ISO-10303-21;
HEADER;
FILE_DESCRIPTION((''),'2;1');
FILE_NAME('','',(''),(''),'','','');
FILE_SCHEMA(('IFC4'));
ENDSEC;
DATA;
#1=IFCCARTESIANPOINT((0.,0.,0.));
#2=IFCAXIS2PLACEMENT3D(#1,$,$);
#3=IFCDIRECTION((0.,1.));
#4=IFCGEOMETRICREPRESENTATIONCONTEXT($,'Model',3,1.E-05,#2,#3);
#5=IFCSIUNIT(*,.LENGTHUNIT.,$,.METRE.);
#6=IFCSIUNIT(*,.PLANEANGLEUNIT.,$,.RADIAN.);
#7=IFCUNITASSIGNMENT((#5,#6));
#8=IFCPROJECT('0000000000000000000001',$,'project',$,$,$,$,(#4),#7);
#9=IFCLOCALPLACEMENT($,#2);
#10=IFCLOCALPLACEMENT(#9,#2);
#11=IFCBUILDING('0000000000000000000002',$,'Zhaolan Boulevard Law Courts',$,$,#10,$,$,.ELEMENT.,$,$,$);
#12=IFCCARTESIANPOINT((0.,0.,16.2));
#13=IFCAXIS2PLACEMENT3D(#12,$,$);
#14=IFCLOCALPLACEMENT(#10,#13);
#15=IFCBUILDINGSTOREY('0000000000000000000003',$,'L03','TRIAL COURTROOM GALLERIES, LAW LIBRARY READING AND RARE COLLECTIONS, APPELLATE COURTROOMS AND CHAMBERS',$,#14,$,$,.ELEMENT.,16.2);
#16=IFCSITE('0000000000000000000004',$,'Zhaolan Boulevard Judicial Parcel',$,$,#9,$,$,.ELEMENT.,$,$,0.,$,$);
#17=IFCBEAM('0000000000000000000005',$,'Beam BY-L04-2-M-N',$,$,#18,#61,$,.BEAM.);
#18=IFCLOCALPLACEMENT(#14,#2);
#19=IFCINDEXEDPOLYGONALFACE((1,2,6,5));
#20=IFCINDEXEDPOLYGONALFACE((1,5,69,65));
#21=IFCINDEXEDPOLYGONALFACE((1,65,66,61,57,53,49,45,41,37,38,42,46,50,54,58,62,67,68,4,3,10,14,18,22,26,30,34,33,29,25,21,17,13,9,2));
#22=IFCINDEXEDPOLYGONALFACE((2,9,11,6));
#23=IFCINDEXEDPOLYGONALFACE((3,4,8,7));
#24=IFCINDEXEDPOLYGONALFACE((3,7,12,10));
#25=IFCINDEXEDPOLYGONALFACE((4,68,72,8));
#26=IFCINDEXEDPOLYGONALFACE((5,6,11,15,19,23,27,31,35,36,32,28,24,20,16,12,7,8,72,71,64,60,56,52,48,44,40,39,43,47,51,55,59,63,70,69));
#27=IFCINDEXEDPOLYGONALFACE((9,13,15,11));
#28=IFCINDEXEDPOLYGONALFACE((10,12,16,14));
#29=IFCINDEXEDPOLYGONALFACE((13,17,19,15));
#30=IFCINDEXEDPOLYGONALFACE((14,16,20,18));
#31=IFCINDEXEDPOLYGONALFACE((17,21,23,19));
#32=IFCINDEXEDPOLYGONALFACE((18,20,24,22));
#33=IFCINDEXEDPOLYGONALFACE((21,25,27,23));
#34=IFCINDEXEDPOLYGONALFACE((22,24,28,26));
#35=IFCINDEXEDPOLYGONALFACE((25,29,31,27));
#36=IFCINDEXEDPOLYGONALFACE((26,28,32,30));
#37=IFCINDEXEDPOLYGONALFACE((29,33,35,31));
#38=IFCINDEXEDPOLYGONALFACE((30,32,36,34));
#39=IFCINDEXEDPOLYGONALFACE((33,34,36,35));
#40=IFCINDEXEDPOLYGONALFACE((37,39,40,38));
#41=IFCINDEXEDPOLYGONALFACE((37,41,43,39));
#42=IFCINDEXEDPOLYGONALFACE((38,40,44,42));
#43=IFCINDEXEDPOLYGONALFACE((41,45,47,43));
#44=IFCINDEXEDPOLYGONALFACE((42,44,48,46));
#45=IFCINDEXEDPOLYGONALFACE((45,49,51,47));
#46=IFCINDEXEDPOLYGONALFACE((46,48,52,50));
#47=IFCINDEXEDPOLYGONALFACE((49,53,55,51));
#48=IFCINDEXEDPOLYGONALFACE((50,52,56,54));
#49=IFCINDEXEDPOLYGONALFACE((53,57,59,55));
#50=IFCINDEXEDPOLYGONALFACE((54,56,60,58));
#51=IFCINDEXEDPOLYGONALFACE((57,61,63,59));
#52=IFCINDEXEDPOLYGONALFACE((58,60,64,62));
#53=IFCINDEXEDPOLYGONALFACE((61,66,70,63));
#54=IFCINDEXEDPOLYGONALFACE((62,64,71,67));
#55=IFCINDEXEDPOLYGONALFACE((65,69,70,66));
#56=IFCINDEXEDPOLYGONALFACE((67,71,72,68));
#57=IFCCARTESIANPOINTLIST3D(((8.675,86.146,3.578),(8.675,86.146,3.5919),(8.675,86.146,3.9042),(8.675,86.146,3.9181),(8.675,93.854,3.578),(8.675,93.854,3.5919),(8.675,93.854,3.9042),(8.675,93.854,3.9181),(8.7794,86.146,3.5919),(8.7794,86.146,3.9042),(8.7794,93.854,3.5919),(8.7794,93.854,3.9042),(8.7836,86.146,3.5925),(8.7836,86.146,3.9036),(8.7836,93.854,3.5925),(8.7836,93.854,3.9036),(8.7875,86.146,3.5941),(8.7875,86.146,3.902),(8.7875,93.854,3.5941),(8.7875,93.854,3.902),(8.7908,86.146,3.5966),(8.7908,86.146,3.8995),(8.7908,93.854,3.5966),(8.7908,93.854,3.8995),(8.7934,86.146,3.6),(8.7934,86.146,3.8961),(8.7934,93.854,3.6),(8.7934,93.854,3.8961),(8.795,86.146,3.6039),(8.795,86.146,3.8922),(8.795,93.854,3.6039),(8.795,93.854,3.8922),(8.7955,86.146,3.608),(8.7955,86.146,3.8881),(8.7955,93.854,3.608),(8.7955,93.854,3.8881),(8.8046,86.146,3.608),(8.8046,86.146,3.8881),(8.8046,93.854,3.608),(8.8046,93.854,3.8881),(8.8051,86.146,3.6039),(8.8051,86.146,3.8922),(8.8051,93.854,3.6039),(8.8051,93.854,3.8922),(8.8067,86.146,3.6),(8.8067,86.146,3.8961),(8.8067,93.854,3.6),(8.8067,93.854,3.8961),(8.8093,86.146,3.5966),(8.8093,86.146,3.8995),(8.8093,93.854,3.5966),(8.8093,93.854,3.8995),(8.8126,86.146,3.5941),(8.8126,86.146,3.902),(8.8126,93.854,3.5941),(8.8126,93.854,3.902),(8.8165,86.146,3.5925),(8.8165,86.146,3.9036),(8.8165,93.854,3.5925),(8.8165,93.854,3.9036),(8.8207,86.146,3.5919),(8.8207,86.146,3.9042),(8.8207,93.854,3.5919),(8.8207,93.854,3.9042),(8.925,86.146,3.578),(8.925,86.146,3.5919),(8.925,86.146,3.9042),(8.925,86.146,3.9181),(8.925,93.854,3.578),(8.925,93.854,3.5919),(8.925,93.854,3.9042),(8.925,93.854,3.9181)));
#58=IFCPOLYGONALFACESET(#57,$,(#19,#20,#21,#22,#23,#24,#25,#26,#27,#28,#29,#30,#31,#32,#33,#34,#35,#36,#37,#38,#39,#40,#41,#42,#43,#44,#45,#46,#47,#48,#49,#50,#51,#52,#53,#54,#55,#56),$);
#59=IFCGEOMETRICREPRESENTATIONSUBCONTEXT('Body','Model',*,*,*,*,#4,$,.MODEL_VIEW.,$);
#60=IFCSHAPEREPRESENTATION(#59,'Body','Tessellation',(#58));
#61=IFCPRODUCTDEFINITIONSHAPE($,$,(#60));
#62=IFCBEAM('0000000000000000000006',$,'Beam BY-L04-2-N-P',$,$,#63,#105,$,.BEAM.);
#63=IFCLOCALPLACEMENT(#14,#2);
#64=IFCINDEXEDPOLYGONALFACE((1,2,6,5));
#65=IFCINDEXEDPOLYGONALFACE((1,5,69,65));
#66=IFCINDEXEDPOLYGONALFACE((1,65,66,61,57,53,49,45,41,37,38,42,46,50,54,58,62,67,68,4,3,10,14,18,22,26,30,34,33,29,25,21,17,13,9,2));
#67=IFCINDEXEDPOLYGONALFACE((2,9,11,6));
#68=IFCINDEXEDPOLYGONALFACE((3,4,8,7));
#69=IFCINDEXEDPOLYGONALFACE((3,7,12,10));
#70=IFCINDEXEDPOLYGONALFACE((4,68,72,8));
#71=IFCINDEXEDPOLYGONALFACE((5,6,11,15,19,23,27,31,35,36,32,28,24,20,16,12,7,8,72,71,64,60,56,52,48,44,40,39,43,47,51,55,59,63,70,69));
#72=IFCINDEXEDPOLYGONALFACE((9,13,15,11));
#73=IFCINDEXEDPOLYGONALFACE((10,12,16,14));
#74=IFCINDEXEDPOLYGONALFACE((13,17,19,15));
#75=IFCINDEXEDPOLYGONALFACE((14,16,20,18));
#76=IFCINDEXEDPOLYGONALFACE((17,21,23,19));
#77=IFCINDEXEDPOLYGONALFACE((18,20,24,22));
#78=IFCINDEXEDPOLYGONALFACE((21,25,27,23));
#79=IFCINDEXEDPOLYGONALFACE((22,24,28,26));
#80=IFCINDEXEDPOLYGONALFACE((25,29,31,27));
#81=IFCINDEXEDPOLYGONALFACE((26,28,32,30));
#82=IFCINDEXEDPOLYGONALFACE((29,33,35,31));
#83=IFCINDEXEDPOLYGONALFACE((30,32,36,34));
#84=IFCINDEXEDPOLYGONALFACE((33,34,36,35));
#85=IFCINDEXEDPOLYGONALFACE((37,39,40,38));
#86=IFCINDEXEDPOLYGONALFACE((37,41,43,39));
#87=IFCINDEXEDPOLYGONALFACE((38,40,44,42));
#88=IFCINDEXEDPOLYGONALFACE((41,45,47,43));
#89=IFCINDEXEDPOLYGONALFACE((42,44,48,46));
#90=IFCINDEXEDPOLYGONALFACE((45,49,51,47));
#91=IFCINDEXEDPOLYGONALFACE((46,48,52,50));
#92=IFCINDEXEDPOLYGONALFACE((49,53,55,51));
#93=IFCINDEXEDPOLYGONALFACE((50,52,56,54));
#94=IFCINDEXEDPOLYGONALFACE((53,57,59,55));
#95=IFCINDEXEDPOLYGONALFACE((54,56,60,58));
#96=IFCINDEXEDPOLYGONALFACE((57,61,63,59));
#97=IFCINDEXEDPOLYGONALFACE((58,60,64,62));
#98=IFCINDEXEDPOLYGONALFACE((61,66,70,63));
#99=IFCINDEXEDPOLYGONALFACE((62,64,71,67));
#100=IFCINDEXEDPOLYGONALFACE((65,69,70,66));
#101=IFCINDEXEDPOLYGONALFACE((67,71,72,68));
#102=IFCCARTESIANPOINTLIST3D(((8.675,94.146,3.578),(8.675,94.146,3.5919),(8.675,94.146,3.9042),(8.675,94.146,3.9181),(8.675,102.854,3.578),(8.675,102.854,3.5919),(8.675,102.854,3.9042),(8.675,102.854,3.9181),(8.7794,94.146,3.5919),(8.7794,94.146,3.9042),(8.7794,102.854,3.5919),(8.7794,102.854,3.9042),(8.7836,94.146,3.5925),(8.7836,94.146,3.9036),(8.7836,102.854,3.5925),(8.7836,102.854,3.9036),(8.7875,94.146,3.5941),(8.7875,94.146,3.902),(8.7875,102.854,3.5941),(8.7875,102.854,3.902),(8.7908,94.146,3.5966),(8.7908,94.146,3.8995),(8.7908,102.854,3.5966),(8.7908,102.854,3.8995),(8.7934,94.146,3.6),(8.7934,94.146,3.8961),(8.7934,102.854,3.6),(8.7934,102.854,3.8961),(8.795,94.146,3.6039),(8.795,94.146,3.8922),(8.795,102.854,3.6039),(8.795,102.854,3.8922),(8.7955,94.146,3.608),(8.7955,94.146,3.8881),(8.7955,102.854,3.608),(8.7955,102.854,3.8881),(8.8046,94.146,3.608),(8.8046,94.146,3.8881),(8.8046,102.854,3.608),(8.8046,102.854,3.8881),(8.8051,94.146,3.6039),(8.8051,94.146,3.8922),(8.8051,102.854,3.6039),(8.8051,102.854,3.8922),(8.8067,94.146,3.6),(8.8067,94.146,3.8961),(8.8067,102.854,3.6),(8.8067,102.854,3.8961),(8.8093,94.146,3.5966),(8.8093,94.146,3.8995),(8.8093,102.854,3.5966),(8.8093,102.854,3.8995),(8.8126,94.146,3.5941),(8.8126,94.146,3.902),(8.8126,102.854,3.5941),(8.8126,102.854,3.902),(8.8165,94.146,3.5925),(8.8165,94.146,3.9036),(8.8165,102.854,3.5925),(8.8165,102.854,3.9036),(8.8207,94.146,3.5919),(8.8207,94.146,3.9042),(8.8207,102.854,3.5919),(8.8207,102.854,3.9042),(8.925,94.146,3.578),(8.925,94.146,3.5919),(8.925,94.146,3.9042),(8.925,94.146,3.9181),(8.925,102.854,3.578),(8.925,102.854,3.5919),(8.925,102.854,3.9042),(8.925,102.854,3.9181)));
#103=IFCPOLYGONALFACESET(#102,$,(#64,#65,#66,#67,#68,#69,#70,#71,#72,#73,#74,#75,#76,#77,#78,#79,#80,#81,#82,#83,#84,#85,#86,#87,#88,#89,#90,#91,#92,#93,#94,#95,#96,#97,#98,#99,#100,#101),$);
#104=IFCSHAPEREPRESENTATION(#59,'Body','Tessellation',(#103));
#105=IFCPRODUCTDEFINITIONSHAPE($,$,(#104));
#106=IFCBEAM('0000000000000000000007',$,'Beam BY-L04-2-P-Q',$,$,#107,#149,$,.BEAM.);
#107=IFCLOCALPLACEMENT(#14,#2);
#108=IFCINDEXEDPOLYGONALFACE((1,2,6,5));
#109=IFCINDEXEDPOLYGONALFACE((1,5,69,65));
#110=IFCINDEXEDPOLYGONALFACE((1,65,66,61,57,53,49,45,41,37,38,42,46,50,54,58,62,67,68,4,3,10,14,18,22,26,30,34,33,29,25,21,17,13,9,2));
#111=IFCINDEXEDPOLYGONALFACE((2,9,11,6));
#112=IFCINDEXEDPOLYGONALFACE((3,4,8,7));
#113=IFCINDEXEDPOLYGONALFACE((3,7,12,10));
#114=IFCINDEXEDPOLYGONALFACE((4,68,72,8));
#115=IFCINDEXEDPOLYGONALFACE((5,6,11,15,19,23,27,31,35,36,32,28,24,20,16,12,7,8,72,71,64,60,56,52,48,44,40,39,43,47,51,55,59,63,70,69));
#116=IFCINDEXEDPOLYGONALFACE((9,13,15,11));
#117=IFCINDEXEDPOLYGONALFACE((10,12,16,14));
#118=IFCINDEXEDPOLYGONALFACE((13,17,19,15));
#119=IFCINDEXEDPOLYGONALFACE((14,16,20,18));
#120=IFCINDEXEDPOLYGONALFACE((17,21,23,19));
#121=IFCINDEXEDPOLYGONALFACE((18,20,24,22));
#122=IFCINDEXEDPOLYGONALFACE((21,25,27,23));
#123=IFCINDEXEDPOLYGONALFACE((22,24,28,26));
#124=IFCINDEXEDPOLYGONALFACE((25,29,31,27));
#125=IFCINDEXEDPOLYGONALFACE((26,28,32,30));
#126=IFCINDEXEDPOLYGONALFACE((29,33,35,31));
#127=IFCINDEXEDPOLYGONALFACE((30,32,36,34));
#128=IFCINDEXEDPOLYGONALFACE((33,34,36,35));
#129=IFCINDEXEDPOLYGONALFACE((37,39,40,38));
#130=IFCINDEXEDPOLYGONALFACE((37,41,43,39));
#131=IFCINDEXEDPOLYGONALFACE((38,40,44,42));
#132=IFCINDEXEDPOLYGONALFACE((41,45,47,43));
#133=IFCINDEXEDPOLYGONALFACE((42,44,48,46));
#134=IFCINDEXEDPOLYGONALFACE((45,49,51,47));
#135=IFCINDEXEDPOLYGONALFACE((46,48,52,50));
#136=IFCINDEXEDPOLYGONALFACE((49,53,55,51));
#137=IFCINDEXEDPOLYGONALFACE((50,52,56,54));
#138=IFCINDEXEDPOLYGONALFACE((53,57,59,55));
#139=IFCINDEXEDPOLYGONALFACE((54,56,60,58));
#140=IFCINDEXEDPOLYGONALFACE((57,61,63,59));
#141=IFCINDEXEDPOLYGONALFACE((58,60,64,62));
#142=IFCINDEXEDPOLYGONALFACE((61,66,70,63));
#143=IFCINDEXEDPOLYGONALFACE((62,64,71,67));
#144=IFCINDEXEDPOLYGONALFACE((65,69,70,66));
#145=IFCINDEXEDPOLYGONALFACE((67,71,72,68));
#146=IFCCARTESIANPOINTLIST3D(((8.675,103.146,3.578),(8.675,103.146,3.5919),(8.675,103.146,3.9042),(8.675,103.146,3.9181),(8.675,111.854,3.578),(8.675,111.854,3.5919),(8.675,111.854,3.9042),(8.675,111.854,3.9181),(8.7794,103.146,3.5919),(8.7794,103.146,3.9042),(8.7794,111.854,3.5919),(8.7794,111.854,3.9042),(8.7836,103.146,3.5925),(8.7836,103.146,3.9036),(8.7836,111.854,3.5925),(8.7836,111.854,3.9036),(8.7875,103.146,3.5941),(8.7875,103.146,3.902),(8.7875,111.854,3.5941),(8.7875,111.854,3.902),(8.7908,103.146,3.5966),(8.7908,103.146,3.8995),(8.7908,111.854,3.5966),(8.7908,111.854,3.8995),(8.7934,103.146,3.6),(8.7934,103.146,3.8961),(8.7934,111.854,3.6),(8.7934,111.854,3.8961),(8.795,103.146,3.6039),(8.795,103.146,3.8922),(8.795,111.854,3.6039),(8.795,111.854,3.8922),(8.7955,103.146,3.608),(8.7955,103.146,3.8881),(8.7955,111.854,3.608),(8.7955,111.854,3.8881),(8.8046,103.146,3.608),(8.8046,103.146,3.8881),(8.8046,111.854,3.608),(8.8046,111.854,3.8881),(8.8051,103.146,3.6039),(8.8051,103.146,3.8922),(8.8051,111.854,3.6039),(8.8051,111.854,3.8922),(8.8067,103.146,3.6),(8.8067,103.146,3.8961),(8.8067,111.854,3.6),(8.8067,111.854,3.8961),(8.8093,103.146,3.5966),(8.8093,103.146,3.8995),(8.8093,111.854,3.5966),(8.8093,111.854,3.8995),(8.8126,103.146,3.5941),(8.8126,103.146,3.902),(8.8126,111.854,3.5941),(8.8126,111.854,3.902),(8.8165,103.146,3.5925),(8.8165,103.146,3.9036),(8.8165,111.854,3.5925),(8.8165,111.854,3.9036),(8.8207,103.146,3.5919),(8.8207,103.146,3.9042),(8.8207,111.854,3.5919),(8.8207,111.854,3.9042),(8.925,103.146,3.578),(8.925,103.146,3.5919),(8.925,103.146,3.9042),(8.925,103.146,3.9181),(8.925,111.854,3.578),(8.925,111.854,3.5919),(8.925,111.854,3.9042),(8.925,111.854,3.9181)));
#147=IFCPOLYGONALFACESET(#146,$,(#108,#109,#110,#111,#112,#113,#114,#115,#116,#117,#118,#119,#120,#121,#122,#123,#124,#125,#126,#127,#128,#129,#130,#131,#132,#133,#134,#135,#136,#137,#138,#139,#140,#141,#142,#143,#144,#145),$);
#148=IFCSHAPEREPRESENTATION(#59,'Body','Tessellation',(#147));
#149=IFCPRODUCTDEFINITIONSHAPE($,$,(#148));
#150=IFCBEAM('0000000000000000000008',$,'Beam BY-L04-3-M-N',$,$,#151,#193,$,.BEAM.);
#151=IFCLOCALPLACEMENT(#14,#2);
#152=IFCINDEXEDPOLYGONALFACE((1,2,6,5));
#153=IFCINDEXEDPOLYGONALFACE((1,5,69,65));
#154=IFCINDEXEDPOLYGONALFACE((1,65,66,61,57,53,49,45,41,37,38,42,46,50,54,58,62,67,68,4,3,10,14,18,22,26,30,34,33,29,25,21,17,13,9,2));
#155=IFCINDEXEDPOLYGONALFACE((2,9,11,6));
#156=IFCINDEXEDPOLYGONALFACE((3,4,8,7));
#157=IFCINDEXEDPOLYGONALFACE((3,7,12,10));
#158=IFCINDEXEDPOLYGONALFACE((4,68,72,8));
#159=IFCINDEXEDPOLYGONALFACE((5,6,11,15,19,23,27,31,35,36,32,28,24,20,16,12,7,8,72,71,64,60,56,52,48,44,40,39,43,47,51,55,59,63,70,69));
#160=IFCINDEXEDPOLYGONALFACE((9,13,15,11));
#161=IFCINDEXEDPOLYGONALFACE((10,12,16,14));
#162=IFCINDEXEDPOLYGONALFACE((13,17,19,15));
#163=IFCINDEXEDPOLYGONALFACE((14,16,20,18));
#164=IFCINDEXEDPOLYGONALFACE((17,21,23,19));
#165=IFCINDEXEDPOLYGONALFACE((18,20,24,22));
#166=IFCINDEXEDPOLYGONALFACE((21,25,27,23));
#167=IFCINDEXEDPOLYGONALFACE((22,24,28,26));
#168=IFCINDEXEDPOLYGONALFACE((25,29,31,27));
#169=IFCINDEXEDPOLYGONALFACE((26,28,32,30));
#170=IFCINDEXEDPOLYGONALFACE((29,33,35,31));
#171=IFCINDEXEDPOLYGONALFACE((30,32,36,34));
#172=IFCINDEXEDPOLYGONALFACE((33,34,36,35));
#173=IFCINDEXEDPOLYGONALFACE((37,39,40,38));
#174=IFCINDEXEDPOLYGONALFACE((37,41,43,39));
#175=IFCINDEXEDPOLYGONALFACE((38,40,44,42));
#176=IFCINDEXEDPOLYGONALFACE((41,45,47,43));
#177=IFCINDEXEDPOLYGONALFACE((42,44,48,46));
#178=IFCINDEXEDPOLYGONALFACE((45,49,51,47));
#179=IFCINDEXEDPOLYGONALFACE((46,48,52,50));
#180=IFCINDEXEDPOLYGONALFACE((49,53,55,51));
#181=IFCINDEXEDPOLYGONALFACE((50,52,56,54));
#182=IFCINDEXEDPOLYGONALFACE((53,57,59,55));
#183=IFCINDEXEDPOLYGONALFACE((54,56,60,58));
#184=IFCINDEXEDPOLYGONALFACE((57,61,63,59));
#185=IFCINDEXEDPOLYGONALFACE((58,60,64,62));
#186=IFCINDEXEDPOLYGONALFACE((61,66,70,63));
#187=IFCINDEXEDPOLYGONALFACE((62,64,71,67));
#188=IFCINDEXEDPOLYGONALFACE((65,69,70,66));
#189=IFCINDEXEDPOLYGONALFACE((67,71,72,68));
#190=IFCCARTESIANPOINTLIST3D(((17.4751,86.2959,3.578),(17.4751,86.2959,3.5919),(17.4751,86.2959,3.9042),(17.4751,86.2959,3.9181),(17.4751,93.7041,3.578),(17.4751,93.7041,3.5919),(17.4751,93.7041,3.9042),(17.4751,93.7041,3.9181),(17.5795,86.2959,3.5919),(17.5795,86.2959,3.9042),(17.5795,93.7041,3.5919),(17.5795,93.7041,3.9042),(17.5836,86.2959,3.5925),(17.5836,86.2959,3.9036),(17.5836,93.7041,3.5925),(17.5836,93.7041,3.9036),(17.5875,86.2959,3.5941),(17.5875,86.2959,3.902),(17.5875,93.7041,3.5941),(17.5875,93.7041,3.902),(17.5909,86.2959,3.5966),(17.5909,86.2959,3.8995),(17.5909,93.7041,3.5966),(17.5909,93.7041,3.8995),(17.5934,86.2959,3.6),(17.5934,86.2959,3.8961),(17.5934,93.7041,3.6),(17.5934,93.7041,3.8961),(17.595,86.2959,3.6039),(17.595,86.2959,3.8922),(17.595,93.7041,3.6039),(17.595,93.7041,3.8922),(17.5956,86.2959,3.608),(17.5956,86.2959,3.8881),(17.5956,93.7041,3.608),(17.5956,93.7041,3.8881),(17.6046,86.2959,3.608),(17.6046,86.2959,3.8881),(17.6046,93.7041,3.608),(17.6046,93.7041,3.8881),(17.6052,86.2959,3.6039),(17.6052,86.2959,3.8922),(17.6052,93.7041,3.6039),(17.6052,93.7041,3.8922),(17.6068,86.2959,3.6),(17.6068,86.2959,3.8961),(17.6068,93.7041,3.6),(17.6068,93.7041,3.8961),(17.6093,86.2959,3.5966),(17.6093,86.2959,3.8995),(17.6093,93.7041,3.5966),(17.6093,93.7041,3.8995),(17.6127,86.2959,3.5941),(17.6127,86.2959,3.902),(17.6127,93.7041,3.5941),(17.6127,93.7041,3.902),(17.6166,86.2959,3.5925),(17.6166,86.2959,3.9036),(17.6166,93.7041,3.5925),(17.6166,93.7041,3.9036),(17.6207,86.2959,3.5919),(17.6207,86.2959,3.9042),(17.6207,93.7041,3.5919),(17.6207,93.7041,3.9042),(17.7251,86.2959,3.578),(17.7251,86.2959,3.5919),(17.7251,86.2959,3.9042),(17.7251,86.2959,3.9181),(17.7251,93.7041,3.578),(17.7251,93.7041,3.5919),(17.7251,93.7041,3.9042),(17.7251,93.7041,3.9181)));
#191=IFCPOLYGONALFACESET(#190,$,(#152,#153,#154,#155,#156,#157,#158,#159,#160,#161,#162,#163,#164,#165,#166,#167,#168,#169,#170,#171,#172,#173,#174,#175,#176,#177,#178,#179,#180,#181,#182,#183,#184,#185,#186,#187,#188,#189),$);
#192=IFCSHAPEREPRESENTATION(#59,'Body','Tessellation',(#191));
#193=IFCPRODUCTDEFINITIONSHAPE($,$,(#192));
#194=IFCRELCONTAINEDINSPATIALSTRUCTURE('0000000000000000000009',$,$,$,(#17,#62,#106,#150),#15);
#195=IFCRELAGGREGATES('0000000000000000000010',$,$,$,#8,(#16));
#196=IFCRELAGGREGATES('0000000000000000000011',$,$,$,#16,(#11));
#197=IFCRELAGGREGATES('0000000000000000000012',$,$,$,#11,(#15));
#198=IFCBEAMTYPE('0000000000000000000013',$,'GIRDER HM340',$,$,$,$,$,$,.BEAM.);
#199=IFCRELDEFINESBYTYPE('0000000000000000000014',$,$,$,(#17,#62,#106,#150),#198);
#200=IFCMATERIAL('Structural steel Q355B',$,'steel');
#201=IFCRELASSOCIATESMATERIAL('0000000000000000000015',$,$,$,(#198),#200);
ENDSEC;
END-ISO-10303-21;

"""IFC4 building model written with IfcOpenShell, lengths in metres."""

from ifc_helpers import new_model, si_unit, direction, frame, origin, origin_2d, place, context, subcontext, project, spatial, i_section, extrude, material, material_profile, profile_set, type_object, element, save


model = new_model("IFC4")

# Units and contexts
model_context = context("Model", 3, precision=1e-05, world=origin(), true_north=direction((0.0, 1.0)))
body_context = subcontext(model_context, "Body", "Model", "MODEL_VIEW")
ifc_project = project(units=[si_unit("LENGTHUNIT", "METRE"), si_unit("PLANEANGLEUNIT", "RADIAN")], contexts=[model_context])

# Site, building, storey
site_placement = place(None, origin())
site = spatial("IfcSite", under=ifc_project, at=site_placement, Name="Zhaolan Boulevard Judicial Parcel", CompositionType="ELEMENT", RefElevation=0.0)
building_placement = place(site_placement, origin())
building = spatial("IfcBuilding", under=site, at=building_placement, Name="Zhaolan Boulevard Law Courts", CompositionType="ELEMENT")
storey_placement = place(building_placement, frame((0.0, 0.0, 16.2)))
storey = spatial("IfcBuildingStorey", under=building, at=storey_placement, Name="L03", Description="TRIAL COURTROOM GALLERIES, LAW LIBRARY READING AND RARE COLLECTIONS, APPELLATE COURTROOMS AND CHAMBERS", CompositionType="ELEMENT", Elevation=16.2)

# Beams
ifc_material_1 = material(Name="Structural steel Q355B", Category="steel")
ifc_material_profile_1 = material_profile(ifc_material_1, i_section(OverallWidth=0.25, OverallDepth=0.3401, WebThickness=0.009, FlangeThickness=0.0139, FilletRadius=0.0161, at=origin_2d()), Name="HM340x250")
ifc_profile_set_1 = profile_set([ifc_material_profile_1], Name="Structural steel Q355B")
beam_type_1 = type_object("IfcBeamType", Name="GIRDER HM340", PredefinedType="BEAM", material=ifc_profile_set_1)
beam_1_placement = place(storey_placement, frame((8.8, 86.146, 3.748), z_axis=(0.0, 1.0, 0.0), x_axis=(-1.0, 0.0, 0.0)))
element("IfcBeam", 1, at=beam_1_placement, inside=storey, type_object=beam_type_1, Name="Beam BY-L04-2-M-N", PredefinedType="BEAM", context=body_context, shape_type="SweptSolid", body=[
    extrude(i_section(OverallWidth=0.25, OverallDepth=0.3401, WebThickness=0.009, FlangeThickness=0.0139, FilletRadius=0.0161, at=origin_2d()), origin(), (0.0, 0.0, 1.0), 7.708),
])
for number, where, z_axis, x_axis, name in (
    (2, (8.8, 94.146, 3.748), (0.0, 1.0, 0.0), (-1.0, 0.0, 0.0), "Beam BY-L04-2-N-P"),
    (3, (8.8, 103.146, 3.748), (0.0, 1.0, 0.0), (-1.0, 0.0, 0.0), "Beam BY-L04-2-P-Q"),
):
    element("IfcBeam", number, at=place(storey_placement, frame(where, z_axis=z_axis, x_axis=x_axis)), inside=storey, type_object=beam_type_1, Name=name, PredefinedType="BEAM", context=body_context, shape_type="SweptSolid", body=[
        extrude(i_section(OverallWidth=0.25, OverallDepth=0.3401, WebThickness=0.009, FlangeThickness=0.0139, FilletRadius=0.0161, at=origin_2d()), origin(), (0.0, 0.0, 1.0), 8.708),
    ])
beam_2_placement = place(storey_placement, frame((17.6001, 86.2959, 3.748), z_axis=(0.0, 1.0, 0.0), x_axis=(-1.0, 0.0, 0.0)))
element("IfcBeam", 4, at=beam_2_placement, inside=storey, type_object=beam_type_1, Name="Beam BY-L04-3-M-N", PredefinedType="BEAM", context=body_context, shape_type="SweptSolid", body=[
    extrude(i_section(OverallWidth=0.25, OverallDepth=0.3401, WebThickness=0.009, FlangeThickness=0.0139, FilletRadius=0.0161, at=origin_2d()), origin(), (0.0, 0.0, 1.0), 7.4082),
])

save(model, "model.ifc")
